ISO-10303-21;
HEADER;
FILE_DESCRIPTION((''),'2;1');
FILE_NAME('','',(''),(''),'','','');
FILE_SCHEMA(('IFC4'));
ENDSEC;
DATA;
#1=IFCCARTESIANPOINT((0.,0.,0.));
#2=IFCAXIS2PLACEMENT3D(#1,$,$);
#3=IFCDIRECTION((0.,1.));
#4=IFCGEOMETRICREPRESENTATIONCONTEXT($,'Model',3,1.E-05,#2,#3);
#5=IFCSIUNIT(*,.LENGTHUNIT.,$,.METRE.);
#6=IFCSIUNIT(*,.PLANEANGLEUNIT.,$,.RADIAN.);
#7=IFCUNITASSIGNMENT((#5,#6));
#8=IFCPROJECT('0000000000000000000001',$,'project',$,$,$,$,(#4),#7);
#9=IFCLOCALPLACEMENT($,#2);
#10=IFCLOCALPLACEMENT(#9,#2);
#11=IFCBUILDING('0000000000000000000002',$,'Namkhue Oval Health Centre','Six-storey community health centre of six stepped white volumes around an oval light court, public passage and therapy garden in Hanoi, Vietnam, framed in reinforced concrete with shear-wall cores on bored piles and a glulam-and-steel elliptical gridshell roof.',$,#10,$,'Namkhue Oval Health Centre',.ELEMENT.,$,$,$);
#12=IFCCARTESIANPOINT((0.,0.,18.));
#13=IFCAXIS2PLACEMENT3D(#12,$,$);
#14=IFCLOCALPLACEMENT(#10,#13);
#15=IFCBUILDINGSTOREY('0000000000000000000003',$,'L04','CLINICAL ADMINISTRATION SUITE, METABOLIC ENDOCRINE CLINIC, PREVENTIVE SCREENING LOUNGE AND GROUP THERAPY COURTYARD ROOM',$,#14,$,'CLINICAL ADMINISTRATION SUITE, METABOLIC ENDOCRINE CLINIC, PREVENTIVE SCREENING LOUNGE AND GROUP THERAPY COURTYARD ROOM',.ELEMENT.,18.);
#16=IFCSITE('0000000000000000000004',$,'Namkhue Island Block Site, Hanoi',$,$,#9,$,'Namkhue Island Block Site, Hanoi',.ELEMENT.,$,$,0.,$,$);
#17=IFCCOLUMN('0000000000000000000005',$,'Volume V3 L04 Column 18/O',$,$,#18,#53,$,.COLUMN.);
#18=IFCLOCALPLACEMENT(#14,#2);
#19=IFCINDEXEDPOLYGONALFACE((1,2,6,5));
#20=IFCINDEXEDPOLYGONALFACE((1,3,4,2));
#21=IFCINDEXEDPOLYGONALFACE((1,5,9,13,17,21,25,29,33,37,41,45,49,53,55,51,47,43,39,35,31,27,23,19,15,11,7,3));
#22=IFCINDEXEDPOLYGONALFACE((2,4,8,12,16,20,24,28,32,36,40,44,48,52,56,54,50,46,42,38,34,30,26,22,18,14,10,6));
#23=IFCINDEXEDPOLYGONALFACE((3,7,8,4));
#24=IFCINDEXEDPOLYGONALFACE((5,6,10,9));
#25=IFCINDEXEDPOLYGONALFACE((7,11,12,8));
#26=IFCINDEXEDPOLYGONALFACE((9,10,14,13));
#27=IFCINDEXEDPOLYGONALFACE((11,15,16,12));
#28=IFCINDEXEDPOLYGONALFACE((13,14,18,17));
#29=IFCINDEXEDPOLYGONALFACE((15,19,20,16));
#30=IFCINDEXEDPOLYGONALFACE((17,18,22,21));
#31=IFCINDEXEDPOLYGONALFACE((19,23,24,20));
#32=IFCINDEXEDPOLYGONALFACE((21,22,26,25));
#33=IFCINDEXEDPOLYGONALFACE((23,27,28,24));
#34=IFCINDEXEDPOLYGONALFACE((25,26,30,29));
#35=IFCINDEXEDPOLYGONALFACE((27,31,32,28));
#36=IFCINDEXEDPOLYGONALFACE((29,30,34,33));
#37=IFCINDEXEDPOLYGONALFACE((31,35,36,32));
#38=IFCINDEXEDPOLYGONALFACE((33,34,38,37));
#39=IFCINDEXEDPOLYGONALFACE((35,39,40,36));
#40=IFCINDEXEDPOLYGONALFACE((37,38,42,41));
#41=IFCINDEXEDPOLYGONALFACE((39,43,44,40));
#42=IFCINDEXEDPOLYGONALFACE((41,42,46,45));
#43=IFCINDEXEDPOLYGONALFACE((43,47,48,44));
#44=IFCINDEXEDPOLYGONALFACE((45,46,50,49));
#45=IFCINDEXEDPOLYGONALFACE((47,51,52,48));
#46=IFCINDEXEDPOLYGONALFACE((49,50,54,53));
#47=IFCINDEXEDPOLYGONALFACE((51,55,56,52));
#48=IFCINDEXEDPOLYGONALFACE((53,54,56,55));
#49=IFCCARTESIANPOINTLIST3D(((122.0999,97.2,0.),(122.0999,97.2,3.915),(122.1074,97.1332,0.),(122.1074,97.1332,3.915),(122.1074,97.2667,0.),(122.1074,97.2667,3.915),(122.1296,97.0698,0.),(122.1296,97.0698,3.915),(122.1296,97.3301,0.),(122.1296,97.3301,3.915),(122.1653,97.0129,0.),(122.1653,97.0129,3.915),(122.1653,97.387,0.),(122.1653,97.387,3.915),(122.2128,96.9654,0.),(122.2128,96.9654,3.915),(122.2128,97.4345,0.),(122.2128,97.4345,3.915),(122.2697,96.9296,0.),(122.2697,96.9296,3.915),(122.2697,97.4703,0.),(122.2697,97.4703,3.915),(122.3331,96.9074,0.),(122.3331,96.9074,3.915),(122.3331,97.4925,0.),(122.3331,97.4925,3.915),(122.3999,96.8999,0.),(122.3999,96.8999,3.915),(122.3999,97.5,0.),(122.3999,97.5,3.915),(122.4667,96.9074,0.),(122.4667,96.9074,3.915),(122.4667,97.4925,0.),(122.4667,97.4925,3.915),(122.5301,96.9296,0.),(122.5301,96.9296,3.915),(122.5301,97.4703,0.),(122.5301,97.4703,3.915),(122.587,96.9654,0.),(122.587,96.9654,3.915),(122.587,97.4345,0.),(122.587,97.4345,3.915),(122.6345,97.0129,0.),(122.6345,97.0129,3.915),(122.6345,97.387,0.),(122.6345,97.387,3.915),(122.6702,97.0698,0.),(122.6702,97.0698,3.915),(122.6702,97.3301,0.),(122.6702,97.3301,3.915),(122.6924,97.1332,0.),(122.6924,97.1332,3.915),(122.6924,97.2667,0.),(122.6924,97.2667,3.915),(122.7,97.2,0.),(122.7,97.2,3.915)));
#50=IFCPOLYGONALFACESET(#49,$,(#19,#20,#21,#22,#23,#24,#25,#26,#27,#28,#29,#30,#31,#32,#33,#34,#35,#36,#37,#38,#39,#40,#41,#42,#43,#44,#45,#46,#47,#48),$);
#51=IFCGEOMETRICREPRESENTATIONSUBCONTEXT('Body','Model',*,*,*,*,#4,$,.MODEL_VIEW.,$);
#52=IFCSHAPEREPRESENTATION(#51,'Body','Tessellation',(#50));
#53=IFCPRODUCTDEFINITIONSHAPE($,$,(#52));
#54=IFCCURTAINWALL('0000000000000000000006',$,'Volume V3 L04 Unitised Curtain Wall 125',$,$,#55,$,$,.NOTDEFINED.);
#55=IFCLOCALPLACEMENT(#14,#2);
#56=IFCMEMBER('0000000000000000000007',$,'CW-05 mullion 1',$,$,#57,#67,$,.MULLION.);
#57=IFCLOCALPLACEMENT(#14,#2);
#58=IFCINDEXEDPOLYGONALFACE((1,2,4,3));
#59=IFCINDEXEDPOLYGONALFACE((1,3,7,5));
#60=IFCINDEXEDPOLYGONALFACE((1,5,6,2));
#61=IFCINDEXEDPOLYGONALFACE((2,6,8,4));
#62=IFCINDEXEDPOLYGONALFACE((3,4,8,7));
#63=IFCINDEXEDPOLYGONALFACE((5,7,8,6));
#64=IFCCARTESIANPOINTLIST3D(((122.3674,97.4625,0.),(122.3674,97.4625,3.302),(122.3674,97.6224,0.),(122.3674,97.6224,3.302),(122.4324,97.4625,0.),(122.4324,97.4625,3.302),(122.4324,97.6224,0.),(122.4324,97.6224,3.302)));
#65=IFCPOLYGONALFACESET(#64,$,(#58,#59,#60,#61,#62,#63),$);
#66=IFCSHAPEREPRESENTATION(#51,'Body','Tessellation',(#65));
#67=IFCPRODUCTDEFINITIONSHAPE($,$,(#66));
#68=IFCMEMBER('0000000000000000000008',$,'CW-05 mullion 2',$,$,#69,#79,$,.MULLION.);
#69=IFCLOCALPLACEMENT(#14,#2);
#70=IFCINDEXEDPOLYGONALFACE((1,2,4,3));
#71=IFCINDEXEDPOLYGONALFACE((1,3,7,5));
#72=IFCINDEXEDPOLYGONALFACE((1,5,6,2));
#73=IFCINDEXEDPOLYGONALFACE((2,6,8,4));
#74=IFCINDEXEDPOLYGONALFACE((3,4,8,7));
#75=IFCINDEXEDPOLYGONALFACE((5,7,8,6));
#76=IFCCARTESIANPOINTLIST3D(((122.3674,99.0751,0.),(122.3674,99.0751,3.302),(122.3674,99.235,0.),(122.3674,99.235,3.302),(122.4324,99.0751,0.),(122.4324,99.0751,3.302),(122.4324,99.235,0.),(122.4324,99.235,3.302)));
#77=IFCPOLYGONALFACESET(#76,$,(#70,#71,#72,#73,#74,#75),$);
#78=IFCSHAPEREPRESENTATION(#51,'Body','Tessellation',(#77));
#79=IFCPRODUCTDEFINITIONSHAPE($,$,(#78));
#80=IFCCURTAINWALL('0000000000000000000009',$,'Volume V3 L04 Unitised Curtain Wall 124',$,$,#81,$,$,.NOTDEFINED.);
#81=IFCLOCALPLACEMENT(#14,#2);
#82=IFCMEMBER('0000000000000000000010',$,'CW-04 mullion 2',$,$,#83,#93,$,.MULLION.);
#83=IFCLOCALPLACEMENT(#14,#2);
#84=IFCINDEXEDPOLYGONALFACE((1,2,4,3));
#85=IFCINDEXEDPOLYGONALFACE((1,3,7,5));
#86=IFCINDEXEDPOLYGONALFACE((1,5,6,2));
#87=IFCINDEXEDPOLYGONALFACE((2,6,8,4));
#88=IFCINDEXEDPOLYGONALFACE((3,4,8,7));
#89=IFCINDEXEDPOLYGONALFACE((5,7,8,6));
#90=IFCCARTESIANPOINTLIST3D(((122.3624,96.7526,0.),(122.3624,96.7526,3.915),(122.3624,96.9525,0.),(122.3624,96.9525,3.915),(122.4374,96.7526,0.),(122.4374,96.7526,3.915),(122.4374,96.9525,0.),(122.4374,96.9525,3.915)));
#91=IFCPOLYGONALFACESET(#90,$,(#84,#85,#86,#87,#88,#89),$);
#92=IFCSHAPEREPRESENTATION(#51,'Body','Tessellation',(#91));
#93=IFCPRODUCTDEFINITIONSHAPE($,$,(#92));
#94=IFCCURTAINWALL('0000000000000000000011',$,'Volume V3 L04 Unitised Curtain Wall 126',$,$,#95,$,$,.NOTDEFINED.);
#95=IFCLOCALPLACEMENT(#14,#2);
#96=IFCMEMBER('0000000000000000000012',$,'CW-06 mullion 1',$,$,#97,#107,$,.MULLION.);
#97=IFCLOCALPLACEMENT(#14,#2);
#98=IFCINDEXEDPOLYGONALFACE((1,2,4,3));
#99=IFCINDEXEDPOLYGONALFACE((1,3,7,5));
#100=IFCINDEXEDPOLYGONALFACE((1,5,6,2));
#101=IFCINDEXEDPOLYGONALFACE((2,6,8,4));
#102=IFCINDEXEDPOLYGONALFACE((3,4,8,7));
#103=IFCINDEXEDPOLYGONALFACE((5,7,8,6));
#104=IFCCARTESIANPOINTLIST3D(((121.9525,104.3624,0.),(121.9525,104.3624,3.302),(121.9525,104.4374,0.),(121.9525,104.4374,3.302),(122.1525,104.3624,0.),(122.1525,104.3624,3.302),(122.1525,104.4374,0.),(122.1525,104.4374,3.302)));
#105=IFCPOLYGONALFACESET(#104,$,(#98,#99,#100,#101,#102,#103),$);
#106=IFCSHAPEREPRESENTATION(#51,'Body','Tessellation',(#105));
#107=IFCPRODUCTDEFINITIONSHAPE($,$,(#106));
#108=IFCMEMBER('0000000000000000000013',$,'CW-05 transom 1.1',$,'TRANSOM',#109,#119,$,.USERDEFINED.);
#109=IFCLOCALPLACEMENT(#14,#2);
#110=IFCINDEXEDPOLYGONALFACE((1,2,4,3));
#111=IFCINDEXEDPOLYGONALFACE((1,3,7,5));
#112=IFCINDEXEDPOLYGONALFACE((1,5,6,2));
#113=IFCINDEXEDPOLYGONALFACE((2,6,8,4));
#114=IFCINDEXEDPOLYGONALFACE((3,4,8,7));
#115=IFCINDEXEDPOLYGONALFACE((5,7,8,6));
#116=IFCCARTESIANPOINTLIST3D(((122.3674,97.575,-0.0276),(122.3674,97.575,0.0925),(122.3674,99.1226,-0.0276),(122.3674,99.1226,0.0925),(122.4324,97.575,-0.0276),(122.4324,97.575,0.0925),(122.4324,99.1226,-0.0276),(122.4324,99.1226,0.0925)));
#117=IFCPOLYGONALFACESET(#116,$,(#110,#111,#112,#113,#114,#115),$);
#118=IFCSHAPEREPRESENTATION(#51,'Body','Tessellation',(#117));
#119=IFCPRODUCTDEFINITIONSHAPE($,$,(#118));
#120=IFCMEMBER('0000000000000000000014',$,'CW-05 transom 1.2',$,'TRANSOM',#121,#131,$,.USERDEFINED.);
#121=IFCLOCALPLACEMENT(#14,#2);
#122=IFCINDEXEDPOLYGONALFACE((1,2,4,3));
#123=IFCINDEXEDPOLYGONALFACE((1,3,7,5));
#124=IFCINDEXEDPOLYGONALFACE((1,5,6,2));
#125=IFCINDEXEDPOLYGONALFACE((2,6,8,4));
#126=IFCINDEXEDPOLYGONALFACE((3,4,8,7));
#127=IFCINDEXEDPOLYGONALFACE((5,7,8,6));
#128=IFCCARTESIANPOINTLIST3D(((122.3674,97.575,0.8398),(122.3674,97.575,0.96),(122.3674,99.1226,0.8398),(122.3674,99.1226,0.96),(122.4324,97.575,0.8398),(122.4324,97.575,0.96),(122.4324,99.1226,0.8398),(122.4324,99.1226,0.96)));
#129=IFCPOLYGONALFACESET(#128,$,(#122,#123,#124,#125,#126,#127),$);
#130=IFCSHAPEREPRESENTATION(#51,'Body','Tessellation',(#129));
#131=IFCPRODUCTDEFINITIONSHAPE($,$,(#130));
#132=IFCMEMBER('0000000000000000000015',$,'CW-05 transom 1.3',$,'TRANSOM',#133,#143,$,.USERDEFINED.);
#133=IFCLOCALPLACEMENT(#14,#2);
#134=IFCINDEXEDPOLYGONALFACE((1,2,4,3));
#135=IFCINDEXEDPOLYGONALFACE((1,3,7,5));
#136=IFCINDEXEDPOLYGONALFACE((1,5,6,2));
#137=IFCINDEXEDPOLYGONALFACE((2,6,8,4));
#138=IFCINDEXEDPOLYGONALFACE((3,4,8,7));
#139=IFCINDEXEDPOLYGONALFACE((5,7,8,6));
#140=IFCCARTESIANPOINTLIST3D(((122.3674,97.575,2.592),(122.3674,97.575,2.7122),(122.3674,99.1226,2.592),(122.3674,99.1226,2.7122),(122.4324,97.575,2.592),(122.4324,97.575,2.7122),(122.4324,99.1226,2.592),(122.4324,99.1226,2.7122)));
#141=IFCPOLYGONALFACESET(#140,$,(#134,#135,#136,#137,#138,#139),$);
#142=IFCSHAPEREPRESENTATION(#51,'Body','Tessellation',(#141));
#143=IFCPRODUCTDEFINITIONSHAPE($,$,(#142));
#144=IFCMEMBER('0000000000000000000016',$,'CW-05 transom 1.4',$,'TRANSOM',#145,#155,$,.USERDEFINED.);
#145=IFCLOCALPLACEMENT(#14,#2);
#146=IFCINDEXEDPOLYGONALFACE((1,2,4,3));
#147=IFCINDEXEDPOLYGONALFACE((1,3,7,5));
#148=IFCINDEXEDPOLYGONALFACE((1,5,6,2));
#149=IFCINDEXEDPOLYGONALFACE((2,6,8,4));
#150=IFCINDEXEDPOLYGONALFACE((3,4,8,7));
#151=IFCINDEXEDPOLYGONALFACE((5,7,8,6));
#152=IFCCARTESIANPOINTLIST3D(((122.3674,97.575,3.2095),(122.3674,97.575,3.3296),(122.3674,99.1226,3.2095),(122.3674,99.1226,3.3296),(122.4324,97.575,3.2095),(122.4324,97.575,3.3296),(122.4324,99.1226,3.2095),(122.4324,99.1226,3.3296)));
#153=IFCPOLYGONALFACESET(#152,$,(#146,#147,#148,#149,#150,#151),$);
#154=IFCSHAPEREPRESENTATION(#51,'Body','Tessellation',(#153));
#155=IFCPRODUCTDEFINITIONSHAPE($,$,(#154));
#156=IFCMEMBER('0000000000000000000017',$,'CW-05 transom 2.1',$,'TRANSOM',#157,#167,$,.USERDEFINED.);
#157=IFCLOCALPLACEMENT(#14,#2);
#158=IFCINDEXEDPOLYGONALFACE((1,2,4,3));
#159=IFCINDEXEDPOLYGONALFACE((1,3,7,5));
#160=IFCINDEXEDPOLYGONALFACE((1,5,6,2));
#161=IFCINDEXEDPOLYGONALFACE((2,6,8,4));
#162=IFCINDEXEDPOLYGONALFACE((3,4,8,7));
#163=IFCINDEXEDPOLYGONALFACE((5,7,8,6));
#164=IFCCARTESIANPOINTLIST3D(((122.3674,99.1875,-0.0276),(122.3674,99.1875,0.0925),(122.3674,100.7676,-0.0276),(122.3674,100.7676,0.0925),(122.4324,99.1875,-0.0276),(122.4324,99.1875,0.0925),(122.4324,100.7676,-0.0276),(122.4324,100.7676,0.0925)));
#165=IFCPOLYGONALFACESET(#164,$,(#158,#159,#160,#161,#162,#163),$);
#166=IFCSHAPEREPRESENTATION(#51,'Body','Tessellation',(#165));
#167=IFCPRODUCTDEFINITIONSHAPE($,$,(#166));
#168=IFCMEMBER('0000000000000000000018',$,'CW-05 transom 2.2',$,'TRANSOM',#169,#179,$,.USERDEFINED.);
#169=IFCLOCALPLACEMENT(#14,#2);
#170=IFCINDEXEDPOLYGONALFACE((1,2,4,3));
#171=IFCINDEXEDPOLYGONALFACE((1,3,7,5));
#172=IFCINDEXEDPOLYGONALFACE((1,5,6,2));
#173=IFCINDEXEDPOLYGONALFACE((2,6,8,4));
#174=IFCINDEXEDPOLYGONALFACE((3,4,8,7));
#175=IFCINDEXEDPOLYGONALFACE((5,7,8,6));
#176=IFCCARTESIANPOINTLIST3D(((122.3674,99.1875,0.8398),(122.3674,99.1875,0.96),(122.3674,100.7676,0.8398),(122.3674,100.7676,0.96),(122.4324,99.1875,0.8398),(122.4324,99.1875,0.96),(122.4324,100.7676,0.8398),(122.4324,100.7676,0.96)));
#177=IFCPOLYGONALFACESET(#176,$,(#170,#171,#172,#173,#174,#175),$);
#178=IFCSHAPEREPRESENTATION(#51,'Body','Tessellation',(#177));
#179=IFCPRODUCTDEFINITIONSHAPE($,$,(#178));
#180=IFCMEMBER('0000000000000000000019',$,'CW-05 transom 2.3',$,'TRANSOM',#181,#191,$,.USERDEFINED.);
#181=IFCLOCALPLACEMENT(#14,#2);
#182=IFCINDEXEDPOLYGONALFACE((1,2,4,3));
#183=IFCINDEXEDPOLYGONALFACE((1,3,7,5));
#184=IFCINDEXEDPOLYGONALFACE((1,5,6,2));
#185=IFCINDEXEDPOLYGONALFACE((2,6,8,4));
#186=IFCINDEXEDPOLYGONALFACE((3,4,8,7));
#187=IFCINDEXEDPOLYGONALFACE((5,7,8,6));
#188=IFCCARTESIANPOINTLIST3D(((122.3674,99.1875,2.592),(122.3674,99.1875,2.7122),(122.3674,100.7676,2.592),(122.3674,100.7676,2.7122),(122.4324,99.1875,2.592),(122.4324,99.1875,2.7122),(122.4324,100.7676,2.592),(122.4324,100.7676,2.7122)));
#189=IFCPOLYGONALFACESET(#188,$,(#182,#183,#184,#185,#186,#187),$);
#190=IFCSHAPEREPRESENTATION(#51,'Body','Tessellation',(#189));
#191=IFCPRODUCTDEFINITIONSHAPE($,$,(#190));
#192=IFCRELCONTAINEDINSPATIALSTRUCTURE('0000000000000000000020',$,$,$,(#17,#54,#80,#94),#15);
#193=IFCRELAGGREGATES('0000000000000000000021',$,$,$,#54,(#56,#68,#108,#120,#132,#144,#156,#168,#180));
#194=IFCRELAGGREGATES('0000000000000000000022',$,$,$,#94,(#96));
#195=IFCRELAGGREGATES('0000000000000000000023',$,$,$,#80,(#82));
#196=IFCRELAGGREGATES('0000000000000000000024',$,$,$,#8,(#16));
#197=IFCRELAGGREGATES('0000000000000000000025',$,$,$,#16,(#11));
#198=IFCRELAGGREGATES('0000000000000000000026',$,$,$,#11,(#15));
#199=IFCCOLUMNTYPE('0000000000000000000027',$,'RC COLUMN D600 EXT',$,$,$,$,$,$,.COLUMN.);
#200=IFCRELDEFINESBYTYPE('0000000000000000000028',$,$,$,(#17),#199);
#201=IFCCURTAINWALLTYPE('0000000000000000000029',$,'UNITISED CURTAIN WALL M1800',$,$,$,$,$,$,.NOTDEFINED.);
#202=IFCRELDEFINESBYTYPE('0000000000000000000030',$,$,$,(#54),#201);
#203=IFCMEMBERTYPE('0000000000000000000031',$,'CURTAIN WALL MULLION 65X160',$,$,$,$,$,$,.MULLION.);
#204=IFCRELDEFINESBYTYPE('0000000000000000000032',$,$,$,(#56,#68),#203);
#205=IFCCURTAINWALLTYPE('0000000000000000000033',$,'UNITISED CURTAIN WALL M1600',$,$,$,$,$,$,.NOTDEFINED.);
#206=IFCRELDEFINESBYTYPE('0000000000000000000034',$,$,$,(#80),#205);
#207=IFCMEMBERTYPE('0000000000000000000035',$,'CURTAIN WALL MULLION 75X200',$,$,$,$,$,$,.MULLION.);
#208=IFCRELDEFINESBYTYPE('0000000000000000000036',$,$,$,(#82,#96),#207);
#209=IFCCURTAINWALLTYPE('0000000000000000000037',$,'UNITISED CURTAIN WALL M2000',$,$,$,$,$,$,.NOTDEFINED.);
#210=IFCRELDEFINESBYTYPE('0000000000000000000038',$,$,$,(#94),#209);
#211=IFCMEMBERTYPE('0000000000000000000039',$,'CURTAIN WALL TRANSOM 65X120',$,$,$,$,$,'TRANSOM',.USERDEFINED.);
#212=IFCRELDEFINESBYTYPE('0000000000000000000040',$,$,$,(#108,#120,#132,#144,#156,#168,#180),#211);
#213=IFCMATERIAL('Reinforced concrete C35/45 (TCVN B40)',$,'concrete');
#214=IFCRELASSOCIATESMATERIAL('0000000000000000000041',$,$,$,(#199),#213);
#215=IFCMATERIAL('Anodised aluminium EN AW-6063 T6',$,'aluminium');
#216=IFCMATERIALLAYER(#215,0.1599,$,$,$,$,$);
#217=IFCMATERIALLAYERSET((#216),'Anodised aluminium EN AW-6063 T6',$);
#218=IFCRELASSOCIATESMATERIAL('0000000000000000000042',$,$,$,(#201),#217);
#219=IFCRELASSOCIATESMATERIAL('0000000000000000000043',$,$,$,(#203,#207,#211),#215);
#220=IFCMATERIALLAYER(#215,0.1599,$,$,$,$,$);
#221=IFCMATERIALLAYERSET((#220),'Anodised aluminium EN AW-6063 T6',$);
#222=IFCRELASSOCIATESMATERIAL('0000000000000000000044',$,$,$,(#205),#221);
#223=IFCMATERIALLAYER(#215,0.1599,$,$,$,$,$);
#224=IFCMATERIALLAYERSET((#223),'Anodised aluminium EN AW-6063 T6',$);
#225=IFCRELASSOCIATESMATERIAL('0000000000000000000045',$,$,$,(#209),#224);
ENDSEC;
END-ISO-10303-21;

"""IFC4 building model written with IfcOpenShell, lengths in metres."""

from ifc_helpers import new_model, si_unit, direction, frame, origin, origin_2d, place, context, subcontext, project, spatial, rectangle, circle, extrude, material, layer, layer_set, material_profile, profile_set, type_object, element, aggregate, save


model = new_model("IFC4")

# Units and contexts
model_context = context("Model", 3, precision=1e-05, world=origin(), true_north=direction((0.0, 1.0)))
body_context = subcontext(model_context, "Body", "Model", "MODEL_VIEW")
ifc_project = project(units=[si_unit("LENGTHUNIT", "METRE"), si_unit("PLANEANGLEUNIT", "RADIAN")], contexts=[model_context])

# Site, building, storey
site_placement = place(None, origin())
site = spatial("IfcSite", under=ifc_project, at=site_placement, Name="Namkhue Island Block Site, Hanoi", LongName="Namkhue Island Block Site, Hanoi", CompositionType="ELEMENT", RefElevation=0.0)
building_placement = place(site_placement, origin())
building = spatial("IfcBuilding", under=site, at=building_placement, Name="Namkhue Oval Health Centre", Description="Six-storey community health centre of six stepped white volumes around an oval light court, public passage and therapy garden in Hanoi, Vietnam, framed in reinforced concrete with shear-wall cores on bored piles and a glulam-and-steel elliptical gridshell roof.", LongName="Namkhue Oval Health Centre", CompositionType="ELEMENT")
storey_placement = place(building_placement, frame((0.0, 0.0, 18.0)))
storey = spatial("IfcBuildingStorey", under=building, at=storey_placement, Name="L04", Description="CLINICAL ADMINISTRATION SUITE, METABOLIC ENDOCRINE CLINIC, PREVENTIVE SCREENING LOUNGE AND GROUP THERAPY COURTYARD ROOM", LongName="CLINICAL ADMINISTRATION SUITE, METABOLIC ENDOCRINE CLINIC, PREVENTIVE SCREENING LOUNGE AND GROUP THERAPY COURTYARD ROOM", CompositionType="ELEMENT", Elevation=18.0)

# Column
ifc_material_1 = material(Name="Reinforced concrete C35/45 (TCVN B40)", Category="concrete")
ifc_material_profile_1 = material_profile(ifc_material_1, circle(Radius=0.3, at=origin_2d()), Name="RC D600")
ifc_profile_set_1 = profile_set([ifc_material_profile_1], Name="Reinforced concrete C35/45 (TCVN B40)")
column_type = type_object("IfcColumnType", Name="RC COLUMN D600 EXT", PredefinedType="COLUMN", material=ifc_profile_set_1)
column_placement = place(storey_placement, frame((122.3999, 97.2, 0.0), z_axis=(0.0, 0.0, 1.0), x_axis=(1.0, 0.0, 0.0)))
element("IfcColumn", 1, at=column_placement, inside=storey, type_object=column_type, Name="Volume V3 L04 Column 18/O", PredefinedType="COLUMN", context=body_context, shape_type="SweptSolid", body=[
    extrude(circle(Radius=0.3, at=origin_2d()), origin(), (0.0, 0.0, 1.0), 3.915),
])

# Curtain wall, members
ifc_material_2 = material(Name="Anodised aluminium EN AW-6063 T6", Category="aluminium")
ifc_layer_1 = layer(ifc_material_2, 0.1599)
ifc_layer_set_1 = layer_set([ifc_layer_1], Name="Anodised aluminium EN AW-6063 T6")
curtain_wall_type_1 = type_object("IfcCurtainWallType", Name="UNITISED CURTAIN WALL M1800", PredefinedType="NOTDEFINED", material=ifc_layer_set_1)
curtain_wall_1_placement = place(storey_placement, origin())
curtain_wall_1 = element("IfcCurtainWall", 2, at=curtain_wall_1_placement, inside=storey, type_object=curtain_wall_type_1, Name="Volume V3 L04 Unitised Curtain Wall 125", PredefinedType="NOTDEFINED")
ifc_material_profile_2 = material_profile(ifc_material_2, rectangle(XDim=0.0649, YDim=0.1599, at=origin_2d()), Name="ALU 65x160")
ifc_profile_set_2 = profile_set([ifc_material_profile_2], Name="Anodised aluminium EN AW-6063 T6")
member_type_1 = type_object("IfcMemberType", Name="CURTAIN WALL MULLION 65X160", PredefinedType="MULLION", material=ifc_profile_set_2)
member_1_placement = place(storey_placement, frame((122.3999, 97.5425, 0.0), z_axis=(0.0, 0.0, 1.0), x_axis=(-1.0, 0.0, 0.0)))
member_1 = element("IfcMember", 3, at=member_1_placement, type_object=member_type_1, Name="CW-05 mullion 1", PredefinedType="MULLION", context=body_context, shape_type="SweptSolid", body=[
    extrude(rectangle(XDim=0.0649, YDim=0.1599, at=origin_2d()), origin(), (0.0, 0.0, 1.0), 3.302),
])
member_2_placement = place(storey_placement, frame((122.3999, 99.155, 0.0), z_axis=(0.0, 0.0, 1.0), x_axis=(-1.0, 0.0, 0.0)))
member_2 = element("IfcMember", 4, at=member_2_placement, type_object=member_type_1, Name="CW-05 mullion 2", PredefinedType="MULLION", context=body_context, shape_type="SweptSolid", body=[
    extrude(rectangle(XDim=0.0649, YDim=0.1599, at=origin_2d()), origin(), (0.0, 0.0, 1.0), 3.302),
])

# Curtain walls, members
ifc_layer_2 = layer(ifc_material_2, 0.1599)
ifc_layer_set_2 = layer_set([ifc_layer_2], Name="Anodised aluminium EN AW-6063 T6")
curtain_wall_type_2 = type_object("IfcCurtainWallType", Name="UNITISED CURTAIN WALL M1600", PredefinedType="NOTDEFINED", material=ifc_layer_set_2)
curtain_wall_2_placement = place(storey_placement, origin())
curtain_wall_2 = element("IfcCurtainWall", 5, at=curtain_wall_2_placement, inside=storey, type_object=curtain_wall_type_2, Name="Volume V3 L04 Unitised Curtain Wall 124", PredefinedType="NOTDEFINED")
ifc_material_profile_3 = material_profile(ifc_material_2, rectangle(XDim=0.075, YDim=0.2, at=origin_2d()), Name="ALU 75x200")
ifc_profile_set_3 = profile_set([ifc_material_profile_3], Name="Anodised aluminium EN AW-6063 T6")
member_type_2 = type_object("IfcMemberType", Name="CURTAIN WALL MULLION 75X200", PredefinedType="MULLION", material=ifc_profile_set_3)
member_3_placement = place(storey_placement, frame((122.3999, 96.8525, 0.0), z_axis=(0.0, 0.0, 1.0), x_axis=(-1.0, 0.0, 0.0)))
member_3 = element("IfcMember", 6, at=member_3_placement, type_object=member_type_2, Name="CW-04 mullion 2", PredefinedType="MULLION", context=body_context, shape_type="SweptSolid", body=[
    extrude(rectangle(XDim=0.075, YDim=0.2, at=origin_2d()), origin(), (0.0, 0.0, 1.0), 3.915),
])
ifc_layer_3 = layer(ifc_material_2, 0.1599)
ifc_layer_set_3 = layer_set([ifc_layer_3], Name="Anodised aluminium EN AW-6063 T6")
curtain_wall_type_3 = type_object("IfcCurtainWallType", Name="UNITISED CURTAIN WALL M2000", PredefinedType="NOTDEFINED", material=ifc_layer_set_3)
curtain_wall_3_placement = place(storey_placement, origin())
curtain_wall_3 = element("IfcCurtainWall", 7, at=curtain_wall_3_placement, inside=storey, type_object=curtain_wall_type_3, Name="Volume V3 L04 Unitised Curtain Wall 126", PredefinedType="NOTDEFINED")
member_4_placement = place(storey_placement, frame((122.0525, 104.3999, 0.0), z_axis=(0.0, 0.0, 1.0), x_axis=(0.0, -1.0, 0.0)))
member_4 = element("IfcMember", 8, at=member_4_placement, type_object=member_type_2, Name="CW-06 mullion 1", PredefinedType="MULLION", context=body_context, shape_type="SweptSolid", body=[
    extrude(rectangle(XDim=0.075, YDim=0.2, at=origin_2d()), origin(), (0.0, 0.0, 1.0), 3.302),
])

# Members
ifc_material_profile_4 = material_profile(ifc_material_2, rectangle(XDim=0.0649, YDim=0.1201, at=origin_2d()), Name="ALU 65x120")
ifc_profile_set_4 = profile_set([ifc_material_profile_4], Name="Anodised aluminium EN AW-6063 T6")
member_type_3 = type_object("IfcMemberType", Name="CURTAIN WALL TRANSOM 65X120", ElementType="TRANSOM", PredefinedType="USERDEFINED", material=ifc_profile_set_4)
member_5_placement = place(storey_placement, frame((122.3999, 97.575, 0.0325), z_axis=(0.0, 1.0, 0.0), x_axis=(-1.0, 0.0, 0.0)))
member_5 = element("IfcMember", 9, at=member_5_placement, type_object=member_type_3, Name="CW-05 transom 1.1", ObjectType="TRANSOM", PredefinedType="USERDEFINED", context=body_context, shape_type="SweptSolid", body=[
    extrude(rectangle(XDim=0.0649, YDim=0.1201, at=origin_2d()), origin(), (0.0, 0.0, 1.0), 1.5476),
])
member_6_placement = place(storey_placement, frame((122.3999, 97.575, 0.8999), z_axis=(0.0, 1.0, 0.0), x_axis=(-1.0, 0.0, 0.0)))
member_6 = element("IfcMember", 10, at=member_6_placement, type_object=member_type_3, Name="CW-05 transom 1.2", ObjectType="TRANSOM", PredefinedType="USERDEFINED", context=body_context, shape_type="SweptSolid", body=[
    extrude(rectangle(XDim=0.0649, YDim=0.1201, at=origin_2d()), origin(), (0.0, 0.0, 1.0), 1.5476),
])
member_7_placement = place(storey_placement, frame((122.3999, 97.575, 2.6521), z_axis=(0.0, 1.0, 0.0), x_axis=(-1.0, 0.0, 0.0)))
member_7 = element("IfcMember", 11, at=member_7_placement, type_object=member_type_3, Name="CW-05 transom 1.3", ObjectType="TRANSOM", PredefinedType="USERDEFINED", context=body_context, shape_type="SweptSolid", body=[
    extrude(rectangle(XDim=0.0649, YDim=0.1201, at=origin_2d()), origin(), (0.0, 0.0, 1.0), 1.5476),
])
member_8_placement = place(storey_placement, frame((122.3999, 97.575, 3.2695), z_axis=(0.0, 1.0, 0.0), x_axis=(-1.0, 0.0, 0.0)))
member_8 = element("IfcMember", 12, at=member_8_placement, type_object=member_type_3, Name="CW-05 transom 1.4", ObjectType="TRANSOM", PredefinedType="USERDEFINED", context=body_context, shape_type="SweptSolid", body=[
    extrude(rectangle(XDim=0.0649, YDim=0.1201, at=origin_2d()), origin(), (0.0, 0.0, 1.0), 1.5476),
])
member_9_placement = place(storey_placement, frame((122.3999, 99.1875, 0.0325), z_axis=(0.0, 1.0, 0.0), x_axis=(-1.0, 0.0, 0.0)))
member_9 = element("IfcMember", 13, at=member_9_placement, type_object=member_type_3, Name="CW-05 transom 2.1", ObjectType="TRANSOM", PredefinedType="USERDEFINED", context=body_context, shape_type="SweptSolid", body=[
    extrude(rectangle(XDim=0.0649, YDim=0.1201, at=origin_2d()), origin(), (0.0, 0.0, 1.0), 1.5801),
])
member_10_placement = place(storey_placement, frame((122.3999, 99.1875, 0.8999), z_axis=(0.0, 1.0, 0.0), x_axis=(-1.0, 0.0, 0.0)))
member_10 = element("IfcMember", 14, at=member_10_placement, type_object=member_type_3, Name="CW-05 transom 2.2", ObjectType="TRANSOM", PredefinedType="USERDEFINED", context=body_context, shape_type="SweptSolid", body=[
    extrude(rectangle(XDim=0.0649, YDim=0.1201, at=origin_2d()), origin(), (0.0, 0.0, 1.0), 1.5801),
])
member_11_placement = place(storey_placement, frame((122.3999, 99.1875, 2.6521), z_axis=(0.0, 1.0, 0.0), x_axis=(-1.0, 0.0, 0.0)))
member_11 = element("IfcMember", 15, at=member_11_placement, type_object=member_type_3, Name="CW-05 transom 2.3", ObjectType="TRANSOM", PredefinedType="USERDEFINED", context=body_context, shape_type="SweptSolid", body=[
    extrude(rectangle(XDim=0.0649, YDim=0.1201, at=origin_2d()), origin(), (0.0, 0.0, 1.0), 1.5801),
])

aggregate(curtain_wall_1, [member_1, member_2, member_5, member_6, member_7, member_8, member_9, member_10, member_11])
aggregate(curtain_wall_3, [member_4])
aggregate(curtain_wall_2, [member_3])

save(model, "model.ifc")
